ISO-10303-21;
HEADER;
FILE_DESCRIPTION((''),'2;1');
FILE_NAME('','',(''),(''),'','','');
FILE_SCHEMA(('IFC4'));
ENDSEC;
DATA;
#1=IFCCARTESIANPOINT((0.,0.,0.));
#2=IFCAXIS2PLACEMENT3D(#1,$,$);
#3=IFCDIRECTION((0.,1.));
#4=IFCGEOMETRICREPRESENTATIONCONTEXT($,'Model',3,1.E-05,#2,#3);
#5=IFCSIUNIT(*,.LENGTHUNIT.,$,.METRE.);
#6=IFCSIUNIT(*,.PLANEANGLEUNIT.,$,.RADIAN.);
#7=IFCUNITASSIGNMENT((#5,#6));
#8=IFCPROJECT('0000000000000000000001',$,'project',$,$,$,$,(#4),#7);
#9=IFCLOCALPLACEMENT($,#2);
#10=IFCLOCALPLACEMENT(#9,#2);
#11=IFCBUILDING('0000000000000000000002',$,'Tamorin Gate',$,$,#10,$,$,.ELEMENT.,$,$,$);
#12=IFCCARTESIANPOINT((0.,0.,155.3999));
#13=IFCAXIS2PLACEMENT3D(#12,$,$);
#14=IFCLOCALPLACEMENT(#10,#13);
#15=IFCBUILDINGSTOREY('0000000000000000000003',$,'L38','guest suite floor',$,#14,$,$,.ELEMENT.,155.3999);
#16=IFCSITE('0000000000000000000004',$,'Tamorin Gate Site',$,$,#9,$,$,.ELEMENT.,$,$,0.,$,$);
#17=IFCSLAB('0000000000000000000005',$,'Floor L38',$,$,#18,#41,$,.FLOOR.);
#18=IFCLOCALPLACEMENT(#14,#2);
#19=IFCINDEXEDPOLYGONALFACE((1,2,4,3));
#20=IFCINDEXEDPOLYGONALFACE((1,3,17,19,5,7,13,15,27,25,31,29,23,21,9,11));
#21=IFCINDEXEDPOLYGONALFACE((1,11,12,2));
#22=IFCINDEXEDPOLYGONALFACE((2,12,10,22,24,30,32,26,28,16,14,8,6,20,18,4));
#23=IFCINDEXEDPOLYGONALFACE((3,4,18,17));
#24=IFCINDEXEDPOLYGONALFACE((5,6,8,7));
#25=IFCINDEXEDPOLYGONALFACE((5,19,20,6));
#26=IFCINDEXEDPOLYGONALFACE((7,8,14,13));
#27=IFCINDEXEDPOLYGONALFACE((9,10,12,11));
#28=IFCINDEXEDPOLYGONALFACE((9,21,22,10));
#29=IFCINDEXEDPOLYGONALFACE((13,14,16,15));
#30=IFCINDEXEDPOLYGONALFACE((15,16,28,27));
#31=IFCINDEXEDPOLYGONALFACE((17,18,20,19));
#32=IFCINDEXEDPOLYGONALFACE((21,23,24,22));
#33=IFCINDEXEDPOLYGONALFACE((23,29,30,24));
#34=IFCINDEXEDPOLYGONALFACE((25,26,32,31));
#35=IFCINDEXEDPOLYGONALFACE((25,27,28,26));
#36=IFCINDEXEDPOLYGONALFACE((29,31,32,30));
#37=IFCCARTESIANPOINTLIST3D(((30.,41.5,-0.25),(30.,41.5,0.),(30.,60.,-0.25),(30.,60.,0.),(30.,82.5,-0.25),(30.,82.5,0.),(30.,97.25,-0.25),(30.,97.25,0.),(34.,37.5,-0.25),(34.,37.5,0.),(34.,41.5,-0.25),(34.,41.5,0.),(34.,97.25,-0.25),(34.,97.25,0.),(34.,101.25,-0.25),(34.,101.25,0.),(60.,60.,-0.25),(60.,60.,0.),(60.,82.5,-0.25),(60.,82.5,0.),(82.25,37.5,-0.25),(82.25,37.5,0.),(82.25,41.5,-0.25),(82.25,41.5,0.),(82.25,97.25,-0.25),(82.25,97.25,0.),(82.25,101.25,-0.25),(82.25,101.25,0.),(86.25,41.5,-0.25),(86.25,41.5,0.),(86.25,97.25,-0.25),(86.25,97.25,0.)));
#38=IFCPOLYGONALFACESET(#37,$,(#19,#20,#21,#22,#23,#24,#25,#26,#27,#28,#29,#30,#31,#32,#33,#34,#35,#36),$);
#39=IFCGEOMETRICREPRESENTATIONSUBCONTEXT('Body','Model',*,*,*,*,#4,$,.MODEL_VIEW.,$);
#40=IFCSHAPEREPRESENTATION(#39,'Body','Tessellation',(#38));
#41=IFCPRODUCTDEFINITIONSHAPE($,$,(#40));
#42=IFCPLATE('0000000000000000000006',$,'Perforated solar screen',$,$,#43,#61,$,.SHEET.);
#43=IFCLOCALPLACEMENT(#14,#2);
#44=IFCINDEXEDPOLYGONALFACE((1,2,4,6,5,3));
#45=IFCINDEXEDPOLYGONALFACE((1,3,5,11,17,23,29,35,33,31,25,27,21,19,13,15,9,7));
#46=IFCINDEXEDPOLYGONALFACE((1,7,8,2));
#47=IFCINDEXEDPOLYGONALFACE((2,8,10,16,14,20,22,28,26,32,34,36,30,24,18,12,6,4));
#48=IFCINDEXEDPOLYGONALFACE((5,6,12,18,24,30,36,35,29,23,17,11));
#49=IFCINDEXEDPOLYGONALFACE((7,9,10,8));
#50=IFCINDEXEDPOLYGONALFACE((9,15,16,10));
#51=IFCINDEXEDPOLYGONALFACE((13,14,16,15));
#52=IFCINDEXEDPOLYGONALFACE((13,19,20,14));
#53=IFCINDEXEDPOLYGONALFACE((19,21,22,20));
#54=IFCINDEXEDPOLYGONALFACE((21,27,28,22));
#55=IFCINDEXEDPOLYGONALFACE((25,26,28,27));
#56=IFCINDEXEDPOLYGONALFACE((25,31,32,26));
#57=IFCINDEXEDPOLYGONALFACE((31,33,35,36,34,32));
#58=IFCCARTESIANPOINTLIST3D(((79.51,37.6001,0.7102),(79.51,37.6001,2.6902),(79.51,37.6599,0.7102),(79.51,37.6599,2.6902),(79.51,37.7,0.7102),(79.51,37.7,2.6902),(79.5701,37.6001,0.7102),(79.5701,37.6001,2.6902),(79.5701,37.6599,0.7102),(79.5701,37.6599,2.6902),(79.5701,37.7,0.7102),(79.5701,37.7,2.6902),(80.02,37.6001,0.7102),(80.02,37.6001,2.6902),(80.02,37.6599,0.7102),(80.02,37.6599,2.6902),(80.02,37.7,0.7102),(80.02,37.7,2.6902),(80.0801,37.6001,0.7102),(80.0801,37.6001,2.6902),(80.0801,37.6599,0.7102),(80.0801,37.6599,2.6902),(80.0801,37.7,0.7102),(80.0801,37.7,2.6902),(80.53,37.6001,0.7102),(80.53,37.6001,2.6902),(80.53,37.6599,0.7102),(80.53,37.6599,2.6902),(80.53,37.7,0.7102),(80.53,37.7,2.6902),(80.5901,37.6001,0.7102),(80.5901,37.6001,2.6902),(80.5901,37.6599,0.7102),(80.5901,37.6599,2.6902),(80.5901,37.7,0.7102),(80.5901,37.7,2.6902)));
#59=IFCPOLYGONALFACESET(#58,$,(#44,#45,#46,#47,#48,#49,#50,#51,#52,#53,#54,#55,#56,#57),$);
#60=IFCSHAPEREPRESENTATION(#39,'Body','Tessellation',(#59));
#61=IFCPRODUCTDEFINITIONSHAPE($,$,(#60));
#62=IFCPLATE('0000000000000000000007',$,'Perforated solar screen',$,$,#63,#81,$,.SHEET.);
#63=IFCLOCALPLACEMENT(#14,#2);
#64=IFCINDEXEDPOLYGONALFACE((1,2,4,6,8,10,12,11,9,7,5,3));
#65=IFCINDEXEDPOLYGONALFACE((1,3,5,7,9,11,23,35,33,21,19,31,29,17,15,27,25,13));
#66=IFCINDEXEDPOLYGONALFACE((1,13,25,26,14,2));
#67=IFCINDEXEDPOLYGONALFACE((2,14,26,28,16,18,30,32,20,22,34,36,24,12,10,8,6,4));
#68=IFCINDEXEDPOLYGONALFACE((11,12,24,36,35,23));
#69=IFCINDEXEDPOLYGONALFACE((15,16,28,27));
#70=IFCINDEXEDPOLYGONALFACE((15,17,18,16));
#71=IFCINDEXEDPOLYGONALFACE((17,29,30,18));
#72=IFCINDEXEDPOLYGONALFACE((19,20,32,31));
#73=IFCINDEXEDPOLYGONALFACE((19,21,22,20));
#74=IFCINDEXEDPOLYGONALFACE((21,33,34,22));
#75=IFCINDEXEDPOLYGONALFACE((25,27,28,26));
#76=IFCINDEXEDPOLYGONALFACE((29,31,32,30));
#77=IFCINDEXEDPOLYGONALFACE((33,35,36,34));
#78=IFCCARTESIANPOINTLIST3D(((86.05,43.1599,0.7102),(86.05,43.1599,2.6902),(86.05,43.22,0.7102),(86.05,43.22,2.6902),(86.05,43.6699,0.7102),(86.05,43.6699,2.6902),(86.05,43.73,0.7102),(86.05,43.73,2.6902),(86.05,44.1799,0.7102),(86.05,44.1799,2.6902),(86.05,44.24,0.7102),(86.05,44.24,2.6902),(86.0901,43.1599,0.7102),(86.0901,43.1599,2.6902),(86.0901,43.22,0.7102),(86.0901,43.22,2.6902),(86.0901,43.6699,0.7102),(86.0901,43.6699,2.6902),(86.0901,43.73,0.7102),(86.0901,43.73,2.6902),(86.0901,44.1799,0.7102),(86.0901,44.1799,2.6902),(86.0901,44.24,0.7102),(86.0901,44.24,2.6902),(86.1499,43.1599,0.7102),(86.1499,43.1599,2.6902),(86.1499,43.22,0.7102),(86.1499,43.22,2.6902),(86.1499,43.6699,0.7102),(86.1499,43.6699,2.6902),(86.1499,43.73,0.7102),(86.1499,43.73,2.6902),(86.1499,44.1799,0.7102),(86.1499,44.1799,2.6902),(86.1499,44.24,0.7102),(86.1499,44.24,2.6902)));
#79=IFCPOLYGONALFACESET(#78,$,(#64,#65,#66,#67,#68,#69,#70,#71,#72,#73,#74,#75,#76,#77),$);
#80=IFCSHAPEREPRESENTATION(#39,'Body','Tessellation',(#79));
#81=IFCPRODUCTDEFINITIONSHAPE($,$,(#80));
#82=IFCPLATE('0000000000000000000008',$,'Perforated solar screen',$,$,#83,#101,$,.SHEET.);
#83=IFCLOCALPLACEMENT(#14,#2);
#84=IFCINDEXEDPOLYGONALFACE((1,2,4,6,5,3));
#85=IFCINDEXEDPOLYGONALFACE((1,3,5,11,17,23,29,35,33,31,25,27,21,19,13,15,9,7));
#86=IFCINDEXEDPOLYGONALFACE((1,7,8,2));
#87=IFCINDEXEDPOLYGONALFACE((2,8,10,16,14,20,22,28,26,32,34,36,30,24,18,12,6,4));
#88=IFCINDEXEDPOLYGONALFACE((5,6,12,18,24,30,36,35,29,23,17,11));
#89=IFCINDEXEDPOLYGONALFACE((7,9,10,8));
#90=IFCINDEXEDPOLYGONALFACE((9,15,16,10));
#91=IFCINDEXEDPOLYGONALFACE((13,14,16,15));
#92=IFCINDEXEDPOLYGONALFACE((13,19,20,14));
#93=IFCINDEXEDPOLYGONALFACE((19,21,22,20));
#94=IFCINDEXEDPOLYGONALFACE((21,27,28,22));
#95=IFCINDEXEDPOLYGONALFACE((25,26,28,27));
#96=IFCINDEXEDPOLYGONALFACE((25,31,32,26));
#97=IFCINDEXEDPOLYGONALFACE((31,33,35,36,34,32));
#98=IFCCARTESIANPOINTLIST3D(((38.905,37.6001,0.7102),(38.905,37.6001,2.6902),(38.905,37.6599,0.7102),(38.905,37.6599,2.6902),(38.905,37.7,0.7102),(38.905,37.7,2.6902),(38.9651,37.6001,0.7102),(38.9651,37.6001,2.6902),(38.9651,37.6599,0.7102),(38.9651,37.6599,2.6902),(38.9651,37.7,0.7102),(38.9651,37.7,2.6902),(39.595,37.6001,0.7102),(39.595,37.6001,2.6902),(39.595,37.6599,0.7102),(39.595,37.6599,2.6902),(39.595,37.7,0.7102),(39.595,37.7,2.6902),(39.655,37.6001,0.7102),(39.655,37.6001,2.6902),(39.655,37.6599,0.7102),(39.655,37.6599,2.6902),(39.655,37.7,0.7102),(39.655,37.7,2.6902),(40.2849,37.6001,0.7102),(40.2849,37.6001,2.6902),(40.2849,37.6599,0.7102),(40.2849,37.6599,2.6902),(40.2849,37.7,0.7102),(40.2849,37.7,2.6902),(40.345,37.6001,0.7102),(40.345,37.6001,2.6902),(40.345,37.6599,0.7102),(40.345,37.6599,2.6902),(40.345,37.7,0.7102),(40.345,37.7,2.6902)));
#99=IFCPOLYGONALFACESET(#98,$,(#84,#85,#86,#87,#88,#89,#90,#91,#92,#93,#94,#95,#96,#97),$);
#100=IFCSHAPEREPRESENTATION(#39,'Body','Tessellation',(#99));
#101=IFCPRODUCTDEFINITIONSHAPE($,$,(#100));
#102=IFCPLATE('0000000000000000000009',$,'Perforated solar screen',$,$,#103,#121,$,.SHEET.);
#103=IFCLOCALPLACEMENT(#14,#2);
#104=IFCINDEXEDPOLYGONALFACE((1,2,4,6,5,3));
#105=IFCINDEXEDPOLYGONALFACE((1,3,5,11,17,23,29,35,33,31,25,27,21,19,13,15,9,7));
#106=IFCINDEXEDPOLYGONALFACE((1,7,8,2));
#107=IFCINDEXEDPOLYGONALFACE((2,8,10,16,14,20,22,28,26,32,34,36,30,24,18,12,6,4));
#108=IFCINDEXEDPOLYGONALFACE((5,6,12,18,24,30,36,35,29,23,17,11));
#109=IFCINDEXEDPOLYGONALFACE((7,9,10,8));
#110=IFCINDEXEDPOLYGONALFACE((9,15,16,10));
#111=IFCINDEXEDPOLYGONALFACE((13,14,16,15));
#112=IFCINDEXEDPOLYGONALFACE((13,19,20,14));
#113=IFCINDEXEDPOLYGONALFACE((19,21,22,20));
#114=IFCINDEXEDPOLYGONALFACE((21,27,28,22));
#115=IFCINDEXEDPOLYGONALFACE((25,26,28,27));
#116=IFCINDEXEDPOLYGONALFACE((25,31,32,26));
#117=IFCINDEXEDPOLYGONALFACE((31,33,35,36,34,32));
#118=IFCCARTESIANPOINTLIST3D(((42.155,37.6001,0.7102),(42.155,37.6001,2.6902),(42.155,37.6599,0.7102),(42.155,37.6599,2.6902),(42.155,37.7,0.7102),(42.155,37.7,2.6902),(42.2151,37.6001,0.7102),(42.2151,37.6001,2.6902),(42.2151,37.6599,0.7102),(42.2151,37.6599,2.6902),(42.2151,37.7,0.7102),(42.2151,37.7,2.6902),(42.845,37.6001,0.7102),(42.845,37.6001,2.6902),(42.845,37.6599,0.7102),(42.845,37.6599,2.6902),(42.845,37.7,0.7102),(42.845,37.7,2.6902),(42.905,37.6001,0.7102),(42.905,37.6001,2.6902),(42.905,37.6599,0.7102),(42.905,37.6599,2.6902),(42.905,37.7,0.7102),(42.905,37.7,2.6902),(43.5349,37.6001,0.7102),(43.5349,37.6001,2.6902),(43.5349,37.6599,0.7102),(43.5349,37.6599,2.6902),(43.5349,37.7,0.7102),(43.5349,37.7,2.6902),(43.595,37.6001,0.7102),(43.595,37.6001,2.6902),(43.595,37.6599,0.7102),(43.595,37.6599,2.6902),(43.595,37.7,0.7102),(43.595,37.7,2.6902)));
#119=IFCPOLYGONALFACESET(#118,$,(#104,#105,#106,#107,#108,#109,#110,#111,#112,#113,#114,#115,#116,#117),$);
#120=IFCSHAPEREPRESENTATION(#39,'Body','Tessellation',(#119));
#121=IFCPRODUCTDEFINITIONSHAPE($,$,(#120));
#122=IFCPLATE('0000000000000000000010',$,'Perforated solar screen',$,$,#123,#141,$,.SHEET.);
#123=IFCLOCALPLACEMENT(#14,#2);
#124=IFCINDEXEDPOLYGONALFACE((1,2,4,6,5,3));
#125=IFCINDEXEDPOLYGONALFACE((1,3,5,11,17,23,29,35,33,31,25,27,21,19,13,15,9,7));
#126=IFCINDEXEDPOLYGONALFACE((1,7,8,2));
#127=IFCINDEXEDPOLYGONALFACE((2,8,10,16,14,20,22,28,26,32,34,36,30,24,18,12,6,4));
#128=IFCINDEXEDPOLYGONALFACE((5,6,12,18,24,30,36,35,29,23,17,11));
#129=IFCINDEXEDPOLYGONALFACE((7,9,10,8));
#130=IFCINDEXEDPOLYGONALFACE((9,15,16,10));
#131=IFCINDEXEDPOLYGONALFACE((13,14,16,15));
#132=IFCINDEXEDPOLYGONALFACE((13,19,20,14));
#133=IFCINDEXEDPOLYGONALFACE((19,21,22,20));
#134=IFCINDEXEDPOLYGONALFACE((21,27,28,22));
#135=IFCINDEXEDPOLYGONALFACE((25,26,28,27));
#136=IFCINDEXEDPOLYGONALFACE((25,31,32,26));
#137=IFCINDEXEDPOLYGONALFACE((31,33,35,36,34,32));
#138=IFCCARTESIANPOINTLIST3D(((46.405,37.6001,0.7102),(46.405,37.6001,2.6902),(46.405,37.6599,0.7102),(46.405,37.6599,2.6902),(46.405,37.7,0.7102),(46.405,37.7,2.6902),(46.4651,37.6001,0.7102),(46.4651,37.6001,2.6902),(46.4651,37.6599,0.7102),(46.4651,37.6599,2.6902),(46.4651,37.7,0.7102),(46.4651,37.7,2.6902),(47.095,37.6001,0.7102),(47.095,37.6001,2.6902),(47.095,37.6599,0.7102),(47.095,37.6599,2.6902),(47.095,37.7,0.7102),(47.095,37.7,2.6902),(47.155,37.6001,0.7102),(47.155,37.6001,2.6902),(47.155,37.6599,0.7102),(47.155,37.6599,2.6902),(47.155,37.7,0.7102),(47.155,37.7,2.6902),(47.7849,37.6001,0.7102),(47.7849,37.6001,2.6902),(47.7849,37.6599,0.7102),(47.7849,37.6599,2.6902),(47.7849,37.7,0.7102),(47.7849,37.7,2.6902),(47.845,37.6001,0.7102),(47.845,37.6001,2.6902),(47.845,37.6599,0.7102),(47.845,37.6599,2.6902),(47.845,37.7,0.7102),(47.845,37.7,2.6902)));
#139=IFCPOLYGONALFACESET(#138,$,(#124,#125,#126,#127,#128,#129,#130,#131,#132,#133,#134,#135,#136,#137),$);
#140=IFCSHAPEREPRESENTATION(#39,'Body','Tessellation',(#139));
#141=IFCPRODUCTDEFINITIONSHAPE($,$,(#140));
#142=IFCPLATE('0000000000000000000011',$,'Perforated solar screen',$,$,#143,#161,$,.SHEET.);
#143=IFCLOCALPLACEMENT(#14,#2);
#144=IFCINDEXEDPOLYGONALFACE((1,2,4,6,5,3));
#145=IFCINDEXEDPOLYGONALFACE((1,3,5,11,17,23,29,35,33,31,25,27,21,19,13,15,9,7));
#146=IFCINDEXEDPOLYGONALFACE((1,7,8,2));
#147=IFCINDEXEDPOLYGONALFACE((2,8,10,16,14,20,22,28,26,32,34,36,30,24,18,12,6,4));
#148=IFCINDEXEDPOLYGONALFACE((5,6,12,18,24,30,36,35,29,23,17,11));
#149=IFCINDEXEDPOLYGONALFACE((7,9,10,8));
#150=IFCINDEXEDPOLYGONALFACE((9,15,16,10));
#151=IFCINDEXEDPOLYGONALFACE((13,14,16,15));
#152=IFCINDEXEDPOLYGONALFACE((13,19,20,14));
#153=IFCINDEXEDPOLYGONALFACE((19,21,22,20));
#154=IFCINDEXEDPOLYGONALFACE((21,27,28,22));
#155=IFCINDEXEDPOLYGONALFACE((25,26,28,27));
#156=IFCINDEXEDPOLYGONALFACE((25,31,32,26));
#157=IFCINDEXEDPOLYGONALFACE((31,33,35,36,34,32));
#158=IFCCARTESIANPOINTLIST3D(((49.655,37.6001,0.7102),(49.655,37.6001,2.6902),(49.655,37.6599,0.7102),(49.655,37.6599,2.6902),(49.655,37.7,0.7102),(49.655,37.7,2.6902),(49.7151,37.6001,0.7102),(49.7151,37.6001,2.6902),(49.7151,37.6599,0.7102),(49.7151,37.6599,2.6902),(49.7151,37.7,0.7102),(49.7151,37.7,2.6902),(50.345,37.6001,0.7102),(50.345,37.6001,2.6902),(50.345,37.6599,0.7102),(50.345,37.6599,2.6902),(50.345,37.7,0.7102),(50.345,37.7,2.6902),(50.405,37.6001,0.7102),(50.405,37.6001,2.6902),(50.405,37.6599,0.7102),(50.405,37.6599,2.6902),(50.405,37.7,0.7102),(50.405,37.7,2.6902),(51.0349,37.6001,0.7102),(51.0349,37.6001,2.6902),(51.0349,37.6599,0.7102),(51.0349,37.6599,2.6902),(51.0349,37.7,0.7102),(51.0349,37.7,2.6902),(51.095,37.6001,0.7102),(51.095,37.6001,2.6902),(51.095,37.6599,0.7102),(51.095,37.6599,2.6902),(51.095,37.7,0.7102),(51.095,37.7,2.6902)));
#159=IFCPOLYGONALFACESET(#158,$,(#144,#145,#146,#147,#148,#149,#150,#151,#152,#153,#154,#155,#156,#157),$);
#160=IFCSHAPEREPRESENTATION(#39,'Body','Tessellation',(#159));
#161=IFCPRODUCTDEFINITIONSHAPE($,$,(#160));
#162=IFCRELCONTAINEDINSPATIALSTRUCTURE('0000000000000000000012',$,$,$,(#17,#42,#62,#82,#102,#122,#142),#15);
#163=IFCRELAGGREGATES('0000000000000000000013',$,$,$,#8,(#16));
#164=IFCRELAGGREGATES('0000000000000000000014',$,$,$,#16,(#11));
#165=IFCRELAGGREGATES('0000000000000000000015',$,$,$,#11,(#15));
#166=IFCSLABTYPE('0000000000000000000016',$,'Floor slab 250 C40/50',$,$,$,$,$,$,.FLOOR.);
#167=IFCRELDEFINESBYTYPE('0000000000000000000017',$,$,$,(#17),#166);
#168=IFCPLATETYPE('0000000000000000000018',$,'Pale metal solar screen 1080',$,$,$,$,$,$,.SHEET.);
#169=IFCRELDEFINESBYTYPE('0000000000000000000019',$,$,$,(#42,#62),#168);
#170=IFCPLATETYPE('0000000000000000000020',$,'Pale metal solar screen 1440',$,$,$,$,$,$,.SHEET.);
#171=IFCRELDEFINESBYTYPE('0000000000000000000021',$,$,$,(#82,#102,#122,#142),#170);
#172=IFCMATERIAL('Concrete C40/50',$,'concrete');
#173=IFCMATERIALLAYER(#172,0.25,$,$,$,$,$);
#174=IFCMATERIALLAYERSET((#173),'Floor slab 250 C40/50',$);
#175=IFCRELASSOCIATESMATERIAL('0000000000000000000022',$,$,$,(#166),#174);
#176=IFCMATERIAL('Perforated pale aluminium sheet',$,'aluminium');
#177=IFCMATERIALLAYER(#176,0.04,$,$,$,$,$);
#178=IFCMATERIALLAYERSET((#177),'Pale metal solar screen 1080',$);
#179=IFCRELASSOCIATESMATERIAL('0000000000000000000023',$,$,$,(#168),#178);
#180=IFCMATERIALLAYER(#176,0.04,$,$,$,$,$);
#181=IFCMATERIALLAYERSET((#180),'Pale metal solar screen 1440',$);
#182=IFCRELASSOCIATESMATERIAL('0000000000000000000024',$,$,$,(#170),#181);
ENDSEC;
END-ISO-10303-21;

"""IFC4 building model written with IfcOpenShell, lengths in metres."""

from ifc_helpers import new_model, si_unit, direction, frame, origin, place, context, subcontext, project, spatial, polyline, outline, extrude, material, layer, layer_set, type_object, element, save


model = new_model("IFC4")

# Units and contexts
model_context = context("Model", 3, precision=1e-05, world=origin(), true_north=direction((0.0, 1.0)))
body_context = subcontext(model_context, "Body", "Model", "MODEL_VIEW")
ifc_project = project(units=[si_unit("LENGTHUNIT", "METRE"), si_unit("PLANEANGLEUNIT", "RADIAN")], contexts=[model_context])

# Site, building, storey
site_placement = place(None, origin())
site = spatial("IfcSite", under=ifc_project, at=site_placement, Name="Tamorin Gate Site", CompositionType="ELEMENT", RefElevation=0.0)
building_placement = place(site_placement, origin())
building = spatial("IfcBuilding", under=site, at=building_placement, Name="Tamorin Gate", CompositionType="ELEMENT")
storey_placement = place(building_placement, frame((0.0, 0.0, 155.3999)))
storey = spatial("IfcBuildingStorey", under=building, at=storey_placement, Name="L38", Description="guest suite floor", CompositionType="ELEMENT", Elevation=155.3999)

# Slab
ifc_material_1 = material(Name="Concrete C40/50", Category="concrete")
ifc_layer_1 = layer(ifc_material_1, 0.25)
ifc_layer_set_1 = layer_set([ifc_layer_1], Name="Floor slab 250 C40/50")
slab_type = type_object("IfcSlabType", Name="Floor slab 250 C40/50", PredefinedType="FLOOR", material=ifc_layer_set_1)
slab_placement = place(storey_placement, frame((0.0, 0.0, -0.25)))
element("IfcSlab", 1, at=slab_placement, inside=storey, type_object=slab_type, Name="Floor L38", PredefinedType="FLOOR", context=body_context, shape_type="SweptSolid", body=[
    extrude(outline(polyline([(30.0, 97.25), (34.0, 97.25), (34.0, 101.25), (82.25, 101.25), (82.25, 97.25), (86.25, 97.25), (86.25, 41.5), (82.25, 41.5), (82.25, 37.5), (34.0, 37.5), (34.0, 41.5), (30.0, 41.5), (30.0, 60.0), (60.0, 60.0), (60.0, 82.5), (30.0, 82.5), (30.0, 97.25)])), origin(), (0.0, 0.0, 1.0), 0.25),
])

# Plates
ifc_material_2 = material(Name="Perforated pale aluminium sheet", Category="aluminium")
ifc_layer_2 = layer(ifc_material_2, 0.04)
ifc_layer_set_2 = layer_set([ifc_layer_2], Name="Pale metal solar screen 1080")
plate_type_1 = type_object("IfcPlateType", Name="Pale metal solar screen 1080", PredefinedType="SHEET", material=ifc_layer_set_2)
plate_1_placement = place(storey_placement, frame((0.0, 0.0, 0.7102)))
element("IfcPlate", 2, at=plate_1_placement, inside=storey, type_object=plate_type_1, Name="Perforated solar screen", PredefinedType="SHEET", context=body_context, shape_type="SweptSolid", body=[
    extrude(outline(polyline([(79.51, 37.6599), (79.51, 37.7), (79.5701, 37.7), (80.02, 37.7), (80.0801, 37.7), (80.53, 37.7), (80.5901, 37.7), (80.5901, 37.6599), (80.5901, 37.6001), (80.53, 37.6001), (80.53, 37.6599), (80.0801, 37.6599), (80.0801, 37.6001), (80.02, 37.6001), (80.02, 37.6599), (79.5701, 37.6599), (79.5701, 37.6001), (79.51, 37.6001), (79.51, 37.6599)])), origin(), (0.0, 0.0, 1.0), 1.98),
])
plate_2_placement = place(storey_placement, frame((0.0, 0.0, 0.7102)))
element("IfcPlate", 3, at=plate_2_placement, inside=storey, type_object=plate_type_1, Name="Perforated solar screen", PredefinedType="SHEET", context=body_context, shape_type="SweptSolid", body=[
    extrude(outline(polyline([(86.0901, 43.1599), (86.05, 43.1599), (86.05, 43.22), (86.05, 43.6699), (86.05, 43.73), (86.05, 44.1799), (86.05, 44.24), (86.0901, 44.24), (86.1499, 44.24), (86.1499, 44.1799), (86.0901, 44.1799), (86.0901, 43.73), (86.1499, 43.73), (86.1499, 43.6699), (86.0901, 43.6699), (86.0901, 43.22), (86.1499, 43.22), (86.1499, 43.1599), (86.0901, 43.1599)])), origin(), (0.0, 0.0, 1.0), 1.98),
])
ifc_layer_3 = layer(ifc_material_2, 0.04)
ifc_layer_set_3 = layer_set([ifc_layer_3], Name="Pale metal solar screen 1440")
plate_type_2 = type_object("IfcPlateType", Name="Pale metal solar screen 1440", PredefinedType="SHEET", material=ifc_layer_set_3)
plate_3_placement = place(storey_placement, frame((0.0, 0.0, 0.7102)))
element("IfcPlate", 4, at=plate_3_placement, inside=storey, type_object=plate_type_2, Name="Perforated solar screen", PredefinedType="SHEET", context=body_context, shape_type="SweptSolid", body=[
    extrude(outline(polyline([(38.905, 37.6599), (38.905, 37.7), (38.9651, 37.7), (39.595, 37.7), (39.655, 37.7), (40.2849, 37.7), (40.345, 37.7), (40.345, 37.7), (40.345, 37.6599), (40.345, 37.6599), (40.345, 37.6001), (40.2849, 37.6001), (40.2849, 37.6599), (39.655, 37.6599), (39.655, 37.6001), (39.595, 37.6001), (39.595, 37.6599), (38.9651, 37.6599), (38.9651, 37.6001), (38.905, 37.6001), (38.905, 37.6599)])), origin(), (0.0, 0.0, 1.0), 1.98),
])
plate_4_placement = place(storey_placement, frame((0.0, 0.0, 0.7102)))
element("IfcPlate", 5, at=plate_4_placement, inside=storey, type_object=plate_type_2, Name="Perforated solar screen", PredefinedType="SHEET", context=body_context, shape_type="SweptSolid", body=[
    extrude(outline(polyline([(42.155, 37.6599), (42.155, 37.7), (42.2151, 37.7), (42.845, 37.7), (42.905, 37.7), (43.5349, 37.7), (43.595, 37.7), (43.595, 37.6599), (43.595, 37.6001), (43.5349, 37.6001), (43.5349, 37.6599), (42.905, 37.6599), (42.905, 37.6001), (42.845, 37.6001), (42.845, 37.6599), (42.2151, 37.6599), (42.2151, 37.6001), (42.155, 37.6001), (42.155, 37.6599)])), origin(), (0.0, 0.0, 1.0), 1.98),
])
plate_5_placement = place(storey_placement, frame((0.0, 0.0, 0.7102)))
element("IfcPlate", 6, at=plate_5_placement, inside=storey, type_object=plate_type_2, Name="Perforated solar screen", PredefinedType="SHEET", context=body_context, shape_type="SweptSolid", body=[
    extrude(outline(polyline([(46.405, 37.6599), (46.405, 37.7), (46.4651, 37.7), (47.095, 37.7), (47.155, 37.7), (47.7849, 37.7), (47.845, 37.7), (47.845, 37.6599), (47.845, 37.6001), (47.7849, 37.6001), (47.7849, 37.6599), (47.155, 37.6599), (47.155, 37.6001), (47.095, 37.6001), (47.095, 37.6599), (46.4651, 37.6599), (46.4651, 37.6001), (46.405, 37.6001), (46.405, 37.6599)])), origin(), (0.0, 0.0, 1.0), 1.98),
])
plate_6_placement = place(storey_placement, frame((0.0, 0.0, 0.7102)))
element("IfcPlate", 7, at=plate_6_placement, inside=storey, type_object=plate_type_2, Name="Perforated solar screen", PredefinedType="SHEET", context=body_context, shape_type="SweptSolid", body=[
    extrude(outline(polyline([(49.655, 37.6599), (49.655, 37.7), (49.7151, 37.7), (50.345, 37.7), (50.405, 37.7), (51.0349, 37.7), (51.095, 37.7), (51.095, 37.6599), (51.095, 37.6001), (51.0349, 37.6001), (51.0349, 37.6599), (50.405, 37.6599), (50.405, 37.6001), (50.345, 37.6001), (50.345, 37.6599), (49.7151, 37.6599), (49.7151, 37.6001), (49.655, 37.6001), (49.655, 37.6599)])), origin(), (0.0, 0.0, 1.0), 1.98),
])

save(model, "model.ifc")
